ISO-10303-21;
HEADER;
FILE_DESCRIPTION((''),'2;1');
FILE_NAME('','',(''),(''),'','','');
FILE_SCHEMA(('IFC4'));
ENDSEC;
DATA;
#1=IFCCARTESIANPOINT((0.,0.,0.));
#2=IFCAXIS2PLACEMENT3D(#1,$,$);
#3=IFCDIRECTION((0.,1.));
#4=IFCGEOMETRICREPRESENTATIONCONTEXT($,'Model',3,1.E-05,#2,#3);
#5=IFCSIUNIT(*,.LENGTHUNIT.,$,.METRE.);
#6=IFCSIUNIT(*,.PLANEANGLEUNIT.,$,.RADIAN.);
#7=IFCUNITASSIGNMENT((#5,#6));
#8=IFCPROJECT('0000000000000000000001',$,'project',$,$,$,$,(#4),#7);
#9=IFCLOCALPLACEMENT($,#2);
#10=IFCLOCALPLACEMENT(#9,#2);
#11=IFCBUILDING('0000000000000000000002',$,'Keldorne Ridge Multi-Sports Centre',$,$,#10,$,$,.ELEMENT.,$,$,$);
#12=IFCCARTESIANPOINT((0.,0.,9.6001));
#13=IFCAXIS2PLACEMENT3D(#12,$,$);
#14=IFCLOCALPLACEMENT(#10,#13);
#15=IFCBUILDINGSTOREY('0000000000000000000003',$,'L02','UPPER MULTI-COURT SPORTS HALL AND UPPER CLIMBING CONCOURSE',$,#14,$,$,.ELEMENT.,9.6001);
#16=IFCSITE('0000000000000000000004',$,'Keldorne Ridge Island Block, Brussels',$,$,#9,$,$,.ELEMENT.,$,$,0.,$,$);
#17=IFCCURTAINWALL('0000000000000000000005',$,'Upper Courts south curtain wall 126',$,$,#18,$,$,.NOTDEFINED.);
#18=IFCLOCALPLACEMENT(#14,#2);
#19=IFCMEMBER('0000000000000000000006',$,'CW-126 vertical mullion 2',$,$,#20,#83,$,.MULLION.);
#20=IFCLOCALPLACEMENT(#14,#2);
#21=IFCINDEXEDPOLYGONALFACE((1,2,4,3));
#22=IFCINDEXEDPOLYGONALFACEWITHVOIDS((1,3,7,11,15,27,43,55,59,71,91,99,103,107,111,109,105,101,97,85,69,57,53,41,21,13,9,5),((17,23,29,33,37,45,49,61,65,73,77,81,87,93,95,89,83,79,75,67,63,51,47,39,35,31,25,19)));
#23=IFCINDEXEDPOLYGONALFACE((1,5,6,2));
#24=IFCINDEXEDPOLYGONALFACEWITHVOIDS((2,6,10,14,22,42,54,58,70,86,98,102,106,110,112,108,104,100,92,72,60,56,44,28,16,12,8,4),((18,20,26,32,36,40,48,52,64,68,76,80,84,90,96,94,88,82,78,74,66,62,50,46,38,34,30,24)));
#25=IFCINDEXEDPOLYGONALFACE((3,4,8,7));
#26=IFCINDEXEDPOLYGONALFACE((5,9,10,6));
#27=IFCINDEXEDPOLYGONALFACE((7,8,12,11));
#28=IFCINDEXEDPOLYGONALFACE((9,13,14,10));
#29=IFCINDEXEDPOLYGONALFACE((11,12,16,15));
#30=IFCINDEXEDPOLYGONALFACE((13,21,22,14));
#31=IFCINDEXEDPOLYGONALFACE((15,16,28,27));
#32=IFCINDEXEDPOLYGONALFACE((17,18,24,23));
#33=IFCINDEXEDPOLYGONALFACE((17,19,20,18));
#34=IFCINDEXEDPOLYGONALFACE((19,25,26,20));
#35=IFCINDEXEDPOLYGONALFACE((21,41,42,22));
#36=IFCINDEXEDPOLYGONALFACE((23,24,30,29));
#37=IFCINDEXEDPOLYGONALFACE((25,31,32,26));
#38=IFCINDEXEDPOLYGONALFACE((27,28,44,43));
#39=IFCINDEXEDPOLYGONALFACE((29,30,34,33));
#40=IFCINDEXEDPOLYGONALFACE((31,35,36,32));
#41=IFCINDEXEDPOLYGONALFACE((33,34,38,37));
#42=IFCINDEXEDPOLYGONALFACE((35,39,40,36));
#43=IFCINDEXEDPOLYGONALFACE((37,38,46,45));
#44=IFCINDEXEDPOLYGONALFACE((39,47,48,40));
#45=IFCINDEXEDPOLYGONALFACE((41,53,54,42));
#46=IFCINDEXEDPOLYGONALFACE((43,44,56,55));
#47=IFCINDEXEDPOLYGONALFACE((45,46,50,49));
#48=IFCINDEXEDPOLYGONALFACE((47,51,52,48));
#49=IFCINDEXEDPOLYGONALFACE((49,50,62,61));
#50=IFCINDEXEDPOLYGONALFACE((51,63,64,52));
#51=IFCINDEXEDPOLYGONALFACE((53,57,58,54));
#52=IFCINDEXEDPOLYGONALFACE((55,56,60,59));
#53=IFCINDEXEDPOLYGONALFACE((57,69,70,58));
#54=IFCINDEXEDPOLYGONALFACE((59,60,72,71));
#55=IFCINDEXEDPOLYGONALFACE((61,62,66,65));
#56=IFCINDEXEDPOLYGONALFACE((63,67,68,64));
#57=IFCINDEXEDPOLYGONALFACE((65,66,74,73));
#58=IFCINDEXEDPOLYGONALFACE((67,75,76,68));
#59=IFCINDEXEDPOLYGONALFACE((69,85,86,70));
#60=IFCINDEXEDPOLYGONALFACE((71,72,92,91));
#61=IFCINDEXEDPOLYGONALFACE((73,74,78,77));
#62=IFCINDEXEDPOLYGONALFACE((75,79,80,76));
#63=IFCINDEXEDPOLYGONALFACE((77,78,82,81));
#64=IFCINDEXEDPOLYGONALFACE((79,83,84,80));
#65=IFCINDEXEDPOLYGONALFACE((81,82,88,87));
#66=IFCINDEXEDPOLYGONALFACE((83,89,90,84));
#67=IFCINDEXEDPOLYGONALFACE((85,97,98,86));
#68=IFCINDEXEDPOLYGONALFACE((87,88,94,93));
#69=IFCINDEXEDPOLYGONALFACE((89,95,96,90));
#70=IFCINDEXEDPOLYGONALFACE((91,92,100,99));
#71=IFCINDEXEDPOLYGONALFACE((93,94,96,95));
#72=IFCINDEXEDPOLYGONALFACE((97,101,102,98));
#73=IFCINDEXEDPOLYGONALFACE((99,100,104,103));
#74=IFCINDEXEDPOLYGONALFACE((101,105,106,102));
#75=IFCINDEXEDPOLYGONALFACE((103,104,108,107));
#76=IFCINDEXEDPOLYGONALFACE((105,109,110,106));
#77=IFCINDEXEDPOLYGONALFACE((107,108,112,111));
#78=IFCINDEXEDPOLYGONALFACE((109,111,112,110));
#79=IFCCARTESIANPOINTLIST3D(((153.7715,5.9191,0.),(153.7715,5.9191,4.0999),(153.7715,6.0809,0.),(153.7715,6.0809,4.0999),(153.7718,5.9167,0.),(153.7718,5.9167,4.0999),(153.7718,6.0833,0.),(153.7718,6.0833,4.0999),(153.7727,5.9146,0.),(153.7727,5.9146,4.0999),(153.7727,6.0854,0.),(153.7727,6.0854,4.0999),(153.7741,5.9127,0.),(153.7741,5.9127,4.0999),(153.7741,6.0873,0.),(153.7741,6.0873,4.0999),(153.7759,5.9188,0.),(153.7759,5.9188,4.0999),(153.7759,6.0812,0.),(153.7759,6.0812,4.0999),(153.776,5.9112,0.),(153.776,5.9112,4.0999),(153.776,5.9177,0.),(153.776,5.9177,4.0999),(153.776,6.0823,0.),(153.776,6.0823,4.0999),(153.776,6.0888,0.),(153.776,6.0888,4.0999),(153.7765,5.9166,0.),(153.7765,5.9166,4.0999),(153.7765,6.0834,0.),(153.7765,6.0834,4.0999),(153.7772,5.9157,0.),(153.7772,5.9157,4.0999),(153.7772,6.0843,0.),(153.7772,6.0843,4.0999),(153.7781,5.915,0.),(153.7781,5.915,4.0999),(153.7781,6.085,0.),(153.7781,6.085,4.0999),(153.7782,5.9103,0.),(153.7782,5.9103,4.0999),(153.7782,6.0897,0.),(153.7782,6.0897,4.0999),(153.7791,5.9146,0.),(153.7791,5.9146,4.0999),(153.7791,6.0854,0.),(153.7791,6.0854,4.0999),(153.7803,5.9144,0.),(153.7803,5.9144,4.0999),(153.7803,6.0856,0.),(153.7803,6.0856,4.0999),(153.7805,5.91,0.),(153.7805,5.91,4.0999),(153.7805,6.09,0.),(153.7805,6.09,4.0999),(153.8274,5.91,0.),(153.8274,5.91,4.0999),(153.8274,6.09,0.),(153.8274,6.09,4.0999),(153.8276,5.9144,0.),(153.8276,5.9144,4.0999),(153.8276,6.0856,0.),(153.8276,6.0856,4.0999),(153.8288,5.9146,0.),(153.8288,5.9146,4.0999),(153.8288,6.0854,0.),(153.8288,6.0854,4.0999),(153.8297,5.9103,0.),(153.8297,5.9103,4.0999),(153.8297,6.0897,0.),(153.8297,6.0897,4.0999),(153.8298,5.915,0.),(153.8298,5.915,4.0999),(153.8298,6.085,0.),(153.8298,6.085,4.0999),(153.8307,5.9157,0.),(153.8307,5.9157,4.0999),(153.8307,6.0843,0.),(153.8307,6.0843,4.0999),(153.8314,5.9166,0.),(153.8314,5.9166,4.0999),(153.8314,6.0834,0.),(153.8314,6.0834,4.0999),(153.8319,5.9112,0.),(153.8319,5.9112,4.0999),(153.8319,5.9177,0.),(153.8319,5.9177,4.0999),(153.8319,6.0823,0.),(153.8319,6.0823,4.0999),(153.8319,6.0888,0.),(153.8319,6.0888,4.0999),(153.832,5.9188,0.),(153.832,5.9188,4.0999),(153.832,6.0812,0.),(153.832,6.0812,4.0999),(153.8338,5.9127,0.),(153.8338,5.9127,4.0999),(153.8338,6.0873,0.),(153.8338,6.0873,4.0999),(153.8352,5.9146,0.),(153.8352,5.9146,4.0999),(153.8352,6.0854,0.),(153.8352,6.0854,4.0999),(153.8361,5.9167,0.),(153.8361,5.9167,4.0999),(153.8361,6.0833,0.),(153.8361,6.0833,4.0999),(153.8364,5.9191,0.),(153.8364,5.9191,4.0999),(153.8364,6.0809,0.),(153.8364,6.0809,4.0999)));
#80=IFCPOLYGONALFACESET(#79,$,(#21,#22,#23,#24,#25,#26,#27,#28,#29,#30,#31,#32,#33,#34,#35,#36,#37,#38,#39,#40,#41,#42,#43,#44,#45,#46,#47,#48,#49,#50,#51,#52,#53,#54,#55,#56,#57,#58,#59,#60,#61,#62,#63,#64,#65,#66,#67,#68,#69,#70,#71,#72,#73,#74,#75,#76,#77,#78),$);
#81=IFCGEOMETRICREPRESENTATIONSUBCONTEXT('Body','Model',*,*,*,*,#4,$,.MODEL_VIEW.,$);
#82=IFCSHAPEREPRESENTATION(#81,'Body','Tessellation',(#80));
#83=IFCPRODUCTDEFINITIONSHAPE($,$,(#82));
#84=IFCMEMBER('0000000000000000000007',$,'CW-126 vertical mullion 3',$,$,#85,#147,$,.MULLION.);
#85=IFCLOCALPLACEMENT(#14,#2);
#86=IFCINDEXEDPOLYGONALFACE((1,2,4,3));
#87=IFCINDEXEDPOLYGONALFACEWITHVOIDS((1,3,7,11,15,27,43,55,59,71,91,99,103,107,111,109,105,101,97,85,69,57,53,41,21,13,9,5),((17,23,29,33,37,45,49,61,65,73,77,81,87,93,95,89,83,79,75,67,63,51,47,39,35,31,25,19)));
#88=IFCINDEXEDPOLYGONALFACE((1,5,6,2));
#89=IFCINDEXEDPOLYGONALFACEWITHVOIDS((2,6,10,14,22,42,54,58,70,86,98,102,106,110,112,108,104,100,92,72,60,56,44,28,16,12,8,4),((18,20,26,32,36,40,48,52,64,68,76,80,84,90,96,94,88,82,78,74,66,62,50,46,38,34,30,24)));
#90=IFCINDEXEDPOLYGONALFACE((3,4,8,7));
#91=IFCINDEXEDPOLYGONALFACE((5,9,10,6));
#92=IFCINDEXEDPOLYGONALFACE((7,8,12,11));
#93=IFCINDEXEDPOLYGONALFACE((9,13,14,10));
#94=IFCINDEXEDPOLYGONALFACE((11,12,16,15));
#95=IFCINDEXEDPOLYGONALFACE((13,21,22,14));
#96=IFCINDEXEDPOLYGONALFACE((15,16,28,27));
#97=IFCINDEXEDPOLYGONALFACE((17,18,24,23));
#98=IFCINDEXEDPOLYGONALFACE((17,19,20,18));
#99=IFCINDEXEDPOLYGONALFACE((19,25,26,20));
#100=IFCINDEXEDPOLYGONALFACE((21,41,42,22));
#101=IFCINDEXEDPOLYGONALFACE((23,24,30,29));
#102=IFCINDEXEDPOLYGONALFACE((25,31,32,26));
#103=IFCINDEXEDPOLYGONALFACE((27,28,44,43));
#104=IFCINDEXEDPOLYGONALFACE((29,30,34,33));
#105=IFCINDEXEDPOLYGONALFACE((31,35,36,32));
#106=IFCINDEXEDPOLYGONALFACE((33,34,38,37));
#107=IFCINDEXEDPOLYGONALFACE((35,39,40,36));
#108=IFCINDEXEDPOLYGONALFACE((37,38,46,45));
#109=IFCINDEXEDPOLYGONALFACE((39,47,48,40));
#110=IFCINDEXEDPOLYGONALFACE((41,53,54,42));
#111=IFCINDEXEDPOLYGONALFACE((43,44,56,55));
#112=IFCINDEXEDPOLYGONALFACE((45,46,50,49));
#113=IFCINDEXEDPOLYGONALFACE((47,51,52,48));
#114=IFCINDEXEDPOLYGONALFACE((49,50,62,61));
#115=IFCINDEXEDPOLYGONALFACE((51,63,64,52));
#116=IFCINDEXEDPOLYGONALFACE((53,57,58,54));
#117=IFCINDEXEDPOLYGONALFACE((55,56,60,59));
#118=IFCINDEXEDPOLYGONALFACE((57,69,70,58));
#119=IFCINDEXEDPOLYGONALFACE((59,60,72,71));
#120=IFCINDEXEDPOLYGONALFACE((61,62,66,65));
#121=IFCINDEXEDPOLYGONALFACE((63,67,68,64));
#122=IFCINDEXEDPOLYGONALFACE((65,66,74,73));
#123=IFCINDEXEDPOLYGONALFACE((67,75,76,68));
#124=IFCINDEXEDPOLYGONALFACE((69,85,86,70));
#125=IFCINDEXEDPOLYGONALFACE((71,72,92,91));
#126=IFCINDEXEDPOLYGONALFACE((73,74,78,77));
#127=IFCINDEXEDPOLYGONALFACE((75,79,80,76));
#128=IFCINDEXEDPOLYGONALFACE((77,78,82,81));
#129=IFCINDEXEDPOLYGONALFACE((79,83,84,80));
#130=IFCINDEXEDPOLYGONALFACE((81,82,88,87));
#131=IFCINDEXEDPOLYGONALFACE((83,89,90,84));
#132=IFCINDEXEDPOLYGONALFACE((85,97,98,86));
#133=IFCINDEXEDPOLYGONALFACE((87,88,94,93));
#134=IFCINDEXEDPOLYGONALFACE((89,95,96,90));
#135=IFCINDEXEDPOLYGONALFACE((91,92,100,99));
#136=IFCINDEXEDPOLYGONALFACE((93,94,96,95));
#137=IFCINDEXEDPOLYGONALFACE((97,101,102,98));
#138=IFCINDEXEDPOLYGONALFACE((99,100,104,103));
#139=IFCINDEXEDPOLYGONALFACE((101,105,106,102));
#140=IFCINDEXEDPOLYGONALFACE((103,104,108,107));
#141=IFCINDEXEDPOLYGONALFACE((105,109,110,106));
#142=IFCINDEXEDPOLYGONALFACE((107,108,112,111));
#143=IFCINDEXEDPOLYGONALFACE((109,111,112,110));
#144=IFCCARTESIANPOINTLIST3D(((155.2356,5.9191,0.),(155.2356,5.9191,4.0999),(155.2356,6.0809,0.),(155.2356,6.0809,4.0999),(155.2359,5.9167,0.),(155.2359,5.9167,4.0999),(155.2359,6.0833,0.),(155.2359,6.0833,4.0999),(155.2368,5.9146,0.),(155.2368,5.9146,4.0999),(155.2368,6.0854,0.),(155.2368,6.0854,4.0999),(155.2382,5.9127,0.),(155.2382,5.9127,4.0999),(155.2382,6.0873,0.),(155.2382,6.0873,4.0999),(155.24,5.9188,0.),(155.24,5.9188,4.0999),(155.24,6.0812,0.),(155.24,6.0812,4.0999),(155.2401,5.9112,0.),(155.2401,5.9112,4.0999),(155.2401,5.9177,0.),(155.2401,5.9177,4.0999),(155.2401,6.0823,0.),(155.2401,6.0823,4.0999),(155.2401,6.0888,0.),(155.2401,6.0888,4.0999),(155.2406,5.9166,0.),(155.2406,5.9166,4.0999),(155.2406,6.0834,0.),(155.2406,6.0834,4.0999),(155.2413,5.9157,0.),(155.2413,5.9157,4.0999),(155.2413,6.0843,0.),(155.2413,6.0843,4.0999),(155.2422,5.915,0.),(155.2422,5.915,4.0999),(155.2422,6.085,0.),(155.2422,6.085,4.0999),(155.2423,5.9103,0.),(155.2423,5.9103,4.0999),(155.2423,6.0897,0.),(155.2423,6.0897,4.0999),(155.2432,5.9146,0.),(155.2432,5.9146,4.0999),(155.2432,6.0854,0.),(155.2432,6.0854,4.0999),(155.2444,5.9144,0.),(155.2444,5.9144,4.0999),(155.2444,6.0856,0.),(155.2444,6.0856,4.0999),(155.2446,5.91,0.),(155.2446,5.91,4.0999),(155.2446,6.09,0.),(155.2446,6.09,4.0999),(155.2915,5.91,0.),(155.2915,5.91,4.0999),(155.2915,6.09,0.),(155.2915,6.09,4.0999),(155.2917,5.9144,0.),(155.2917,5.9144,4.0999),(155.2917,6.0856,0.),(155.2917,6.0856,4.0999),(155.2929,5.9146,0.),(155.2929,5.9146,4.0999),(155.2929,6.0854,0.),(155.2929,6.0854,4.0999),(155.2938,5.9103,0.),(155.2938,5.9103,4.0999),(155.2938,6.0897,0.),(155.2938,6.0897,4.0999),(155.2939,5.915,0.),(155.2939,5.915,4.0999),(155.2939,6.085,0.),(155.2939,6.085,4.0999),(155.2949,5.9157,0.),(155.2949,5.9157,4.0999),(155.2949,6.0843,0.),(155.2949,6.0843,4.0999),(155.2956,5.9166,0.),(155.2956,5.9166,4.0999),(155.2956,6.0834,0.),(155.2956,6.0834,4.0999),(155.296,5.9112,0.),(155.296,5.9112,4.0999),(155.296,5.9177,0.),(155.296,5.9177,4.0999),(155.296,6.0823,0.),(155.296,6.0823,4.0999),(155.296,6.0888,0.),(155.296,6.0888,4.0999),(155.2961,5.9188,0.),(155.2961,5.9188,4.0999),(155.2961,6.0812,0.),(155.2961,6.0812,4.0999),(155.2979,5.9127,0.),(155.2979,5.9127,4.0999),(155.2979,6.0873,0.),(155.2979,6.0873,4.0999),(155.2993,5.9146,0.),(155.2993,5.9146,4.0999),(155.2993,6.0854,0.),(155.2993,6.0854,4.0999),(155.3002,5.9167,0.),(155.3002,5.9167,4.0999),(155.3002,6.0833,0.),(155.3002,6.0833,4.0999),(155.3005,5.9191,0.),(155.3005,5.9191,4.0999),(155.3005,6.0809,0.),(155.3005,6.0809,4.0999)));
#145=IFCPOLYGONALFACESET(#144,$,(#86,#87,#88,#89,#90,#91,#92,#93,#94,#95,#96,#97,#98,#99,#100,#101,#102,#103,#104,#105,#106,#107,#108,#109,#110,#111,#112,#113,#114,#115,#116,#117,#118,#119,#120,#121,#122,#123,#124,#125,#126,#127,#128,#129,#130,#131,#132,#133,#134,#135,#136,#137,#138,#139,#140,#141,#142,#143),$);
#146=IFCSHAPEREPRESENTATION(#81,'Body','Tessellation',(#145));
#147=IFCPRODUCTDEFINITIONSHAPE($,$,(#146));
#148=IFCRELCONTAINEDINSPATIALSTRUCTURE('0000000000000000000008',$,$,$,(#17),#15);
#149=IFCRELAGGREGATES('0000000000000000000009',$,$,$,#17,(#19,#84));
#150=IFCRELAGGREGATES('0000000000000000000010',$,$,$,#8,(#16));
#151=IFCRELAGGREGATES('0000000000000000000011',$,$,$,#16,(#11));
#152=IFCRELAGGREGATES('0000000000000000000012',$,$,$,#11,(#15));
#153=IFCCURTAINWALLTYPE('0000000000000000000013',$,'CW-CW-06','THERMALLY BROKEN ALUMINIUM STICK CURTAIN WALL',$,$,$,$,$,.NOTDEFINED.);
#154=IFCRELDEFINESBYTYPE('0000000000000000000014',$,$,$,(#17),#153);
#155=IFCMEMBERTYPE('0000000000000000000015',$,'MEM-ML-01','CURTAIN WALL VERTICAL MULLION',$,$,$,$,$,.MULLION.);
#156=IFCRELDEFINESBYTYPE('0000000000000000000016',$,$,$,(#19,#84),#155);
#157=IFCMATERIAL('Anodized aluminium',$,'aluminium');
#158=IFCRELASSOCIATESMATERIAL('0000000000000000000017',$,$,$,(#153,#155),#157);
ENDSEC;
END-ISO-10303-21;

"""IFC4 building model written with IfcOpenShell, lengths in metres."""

from ifc_helpers import new_model, si_unit, direction, frame, origin, origin_2d, place, context, subcontext, project, spatial, hollow_rectangle, extrude, material, material_profile, profile_set, type_object, element, aggregate, save


model = new_model("IFC4")

# Units and contexts
model_context = context("Model", 3, precision=1e-05, world=origin(), true_north=direction((0.0, 1.0)))
body_context = subcontext(model_context, "Body", "Model", "MODEL_VIEW")
ifc_project = project(units=[si_unit("LENGTHUNIT", "METRE"), si_unit("PLANEANGLEUNIT", "RADIAN")], contexts=[model_context])

# Site, building, storey
site_placement = place(None, origin())
site = spatial("IfcSite", under=ifc_project, at=site_placement, Name="Keldorne Ridge Island Block, Brussels", CompositionType="ELEMENT", RefElevation=0.0)
building_placement = place(site_placement, origin())
building = spatial("IfcBuilding", under=site, at=building_placement, Name="Keldorne Ridge Multi-Sports Centre", CompositionType="ELEMENT")
storey_placement = place(building_placement, frame((0.0, 0.0, 9.6001)))
storey = spatial("IfcBuildingStorey", under=building, at=storey_placement, Name="L02", Description="UPPER MULTI-COURT SPORTS HALL AND UPPER CLIMBING CONCOURSE", CompositionType="ELEMENT", Elevation=9.6001)

# Curtain wall, members
ifc_material_1 = material(Name="Anodized aluminium", Category="aluminium")
curtain_wall_type = type_object("IfcCurtainWallType", Name="CW-CW-06", Description="THERMALLY BROKEN ALUMINIUM STICK CURTAIN WALL", PredefinedType="NOTDEFINED", material=ifc_material_1)
curtain_wall_placement = place(storey_placement, origin())
curtain_wall = element("IfcCurtainWall", 1, at=curtain_wall_placement, inside=storey, type_object=curtain_wall_type, Name="Upper Courts south curtain wall 126", PredefinedType="NOTDEFINED")
ifc_material_profile_1 = material_profile(ifc_material_1, hollow_rectangle(XDim=0.0649, YDim=0.1799, WallThickness=0.0044, InnerFilletRadius=0.0044, OuterFilletRadius=0.009, at=origin_2d()), Name="ALU MULLION 180x65x4.5")
ifc_profile_set_1 = profile_set([ifc_material_profile_1], Name="Anodized aluminium")
member_type_1 = type_object("IfcMemberType", Name="MEM-ML-01", Description="CURTAIN WALL VERTICAL MULLION", PredefinedType="MULLION", material=ifc_profile_set_1)
member_1_placement = place(storey_placement, frame((153.804, 6.0, 0.0), z_axis=(0.0, 0.0, 1.0), x_axis=(1.0, 0.0, 0.0)))
member_1 = element("IfcMember", 2, at=member_1_placement, type_object=member_type_1, Name="CW-126 vertical mullion 2", PredefinedType="MULLION", context=body_context, shape_type="SweptSolid", body=[
    extrude(hollow_rectangle(XDim=0.0649, YDim=0.1799, WallThickness=0.0044, InnerFilletRadius=0.0044, OuterFilletRadius=0.009, at=origin_2d()), origin(), (0.0, 0.0, 1.0), 4.0999),
])
member_2_placement = place(storey_placement, frame((155.2681, 6.0, 0.0), z_axis=(0.0, 0.0, 1.0), x_axis=(1.0, 0.0, 0.0)))
member_2 = element("IfcMember", 3, at=member_2_placement, type_object=member_type_1, Name="CW-126 vertical mullion 3", PredefinedType="MULLION", context=body_context, shape_type="SweptSolid", body=[
    extrude(hollow_rectangle(XDim=0.0649, YDim=0.1799, WallThickness=0.0044, InnerFilletRadius=0.0044, OuterFilletRadius=0.009, at=origin_2d()), origin(), (0.0, 0.0, 1.0), 4.0999),
])
aggregate(curtain_wall, [member_1, member_2])

save(model, "model.ifc")
